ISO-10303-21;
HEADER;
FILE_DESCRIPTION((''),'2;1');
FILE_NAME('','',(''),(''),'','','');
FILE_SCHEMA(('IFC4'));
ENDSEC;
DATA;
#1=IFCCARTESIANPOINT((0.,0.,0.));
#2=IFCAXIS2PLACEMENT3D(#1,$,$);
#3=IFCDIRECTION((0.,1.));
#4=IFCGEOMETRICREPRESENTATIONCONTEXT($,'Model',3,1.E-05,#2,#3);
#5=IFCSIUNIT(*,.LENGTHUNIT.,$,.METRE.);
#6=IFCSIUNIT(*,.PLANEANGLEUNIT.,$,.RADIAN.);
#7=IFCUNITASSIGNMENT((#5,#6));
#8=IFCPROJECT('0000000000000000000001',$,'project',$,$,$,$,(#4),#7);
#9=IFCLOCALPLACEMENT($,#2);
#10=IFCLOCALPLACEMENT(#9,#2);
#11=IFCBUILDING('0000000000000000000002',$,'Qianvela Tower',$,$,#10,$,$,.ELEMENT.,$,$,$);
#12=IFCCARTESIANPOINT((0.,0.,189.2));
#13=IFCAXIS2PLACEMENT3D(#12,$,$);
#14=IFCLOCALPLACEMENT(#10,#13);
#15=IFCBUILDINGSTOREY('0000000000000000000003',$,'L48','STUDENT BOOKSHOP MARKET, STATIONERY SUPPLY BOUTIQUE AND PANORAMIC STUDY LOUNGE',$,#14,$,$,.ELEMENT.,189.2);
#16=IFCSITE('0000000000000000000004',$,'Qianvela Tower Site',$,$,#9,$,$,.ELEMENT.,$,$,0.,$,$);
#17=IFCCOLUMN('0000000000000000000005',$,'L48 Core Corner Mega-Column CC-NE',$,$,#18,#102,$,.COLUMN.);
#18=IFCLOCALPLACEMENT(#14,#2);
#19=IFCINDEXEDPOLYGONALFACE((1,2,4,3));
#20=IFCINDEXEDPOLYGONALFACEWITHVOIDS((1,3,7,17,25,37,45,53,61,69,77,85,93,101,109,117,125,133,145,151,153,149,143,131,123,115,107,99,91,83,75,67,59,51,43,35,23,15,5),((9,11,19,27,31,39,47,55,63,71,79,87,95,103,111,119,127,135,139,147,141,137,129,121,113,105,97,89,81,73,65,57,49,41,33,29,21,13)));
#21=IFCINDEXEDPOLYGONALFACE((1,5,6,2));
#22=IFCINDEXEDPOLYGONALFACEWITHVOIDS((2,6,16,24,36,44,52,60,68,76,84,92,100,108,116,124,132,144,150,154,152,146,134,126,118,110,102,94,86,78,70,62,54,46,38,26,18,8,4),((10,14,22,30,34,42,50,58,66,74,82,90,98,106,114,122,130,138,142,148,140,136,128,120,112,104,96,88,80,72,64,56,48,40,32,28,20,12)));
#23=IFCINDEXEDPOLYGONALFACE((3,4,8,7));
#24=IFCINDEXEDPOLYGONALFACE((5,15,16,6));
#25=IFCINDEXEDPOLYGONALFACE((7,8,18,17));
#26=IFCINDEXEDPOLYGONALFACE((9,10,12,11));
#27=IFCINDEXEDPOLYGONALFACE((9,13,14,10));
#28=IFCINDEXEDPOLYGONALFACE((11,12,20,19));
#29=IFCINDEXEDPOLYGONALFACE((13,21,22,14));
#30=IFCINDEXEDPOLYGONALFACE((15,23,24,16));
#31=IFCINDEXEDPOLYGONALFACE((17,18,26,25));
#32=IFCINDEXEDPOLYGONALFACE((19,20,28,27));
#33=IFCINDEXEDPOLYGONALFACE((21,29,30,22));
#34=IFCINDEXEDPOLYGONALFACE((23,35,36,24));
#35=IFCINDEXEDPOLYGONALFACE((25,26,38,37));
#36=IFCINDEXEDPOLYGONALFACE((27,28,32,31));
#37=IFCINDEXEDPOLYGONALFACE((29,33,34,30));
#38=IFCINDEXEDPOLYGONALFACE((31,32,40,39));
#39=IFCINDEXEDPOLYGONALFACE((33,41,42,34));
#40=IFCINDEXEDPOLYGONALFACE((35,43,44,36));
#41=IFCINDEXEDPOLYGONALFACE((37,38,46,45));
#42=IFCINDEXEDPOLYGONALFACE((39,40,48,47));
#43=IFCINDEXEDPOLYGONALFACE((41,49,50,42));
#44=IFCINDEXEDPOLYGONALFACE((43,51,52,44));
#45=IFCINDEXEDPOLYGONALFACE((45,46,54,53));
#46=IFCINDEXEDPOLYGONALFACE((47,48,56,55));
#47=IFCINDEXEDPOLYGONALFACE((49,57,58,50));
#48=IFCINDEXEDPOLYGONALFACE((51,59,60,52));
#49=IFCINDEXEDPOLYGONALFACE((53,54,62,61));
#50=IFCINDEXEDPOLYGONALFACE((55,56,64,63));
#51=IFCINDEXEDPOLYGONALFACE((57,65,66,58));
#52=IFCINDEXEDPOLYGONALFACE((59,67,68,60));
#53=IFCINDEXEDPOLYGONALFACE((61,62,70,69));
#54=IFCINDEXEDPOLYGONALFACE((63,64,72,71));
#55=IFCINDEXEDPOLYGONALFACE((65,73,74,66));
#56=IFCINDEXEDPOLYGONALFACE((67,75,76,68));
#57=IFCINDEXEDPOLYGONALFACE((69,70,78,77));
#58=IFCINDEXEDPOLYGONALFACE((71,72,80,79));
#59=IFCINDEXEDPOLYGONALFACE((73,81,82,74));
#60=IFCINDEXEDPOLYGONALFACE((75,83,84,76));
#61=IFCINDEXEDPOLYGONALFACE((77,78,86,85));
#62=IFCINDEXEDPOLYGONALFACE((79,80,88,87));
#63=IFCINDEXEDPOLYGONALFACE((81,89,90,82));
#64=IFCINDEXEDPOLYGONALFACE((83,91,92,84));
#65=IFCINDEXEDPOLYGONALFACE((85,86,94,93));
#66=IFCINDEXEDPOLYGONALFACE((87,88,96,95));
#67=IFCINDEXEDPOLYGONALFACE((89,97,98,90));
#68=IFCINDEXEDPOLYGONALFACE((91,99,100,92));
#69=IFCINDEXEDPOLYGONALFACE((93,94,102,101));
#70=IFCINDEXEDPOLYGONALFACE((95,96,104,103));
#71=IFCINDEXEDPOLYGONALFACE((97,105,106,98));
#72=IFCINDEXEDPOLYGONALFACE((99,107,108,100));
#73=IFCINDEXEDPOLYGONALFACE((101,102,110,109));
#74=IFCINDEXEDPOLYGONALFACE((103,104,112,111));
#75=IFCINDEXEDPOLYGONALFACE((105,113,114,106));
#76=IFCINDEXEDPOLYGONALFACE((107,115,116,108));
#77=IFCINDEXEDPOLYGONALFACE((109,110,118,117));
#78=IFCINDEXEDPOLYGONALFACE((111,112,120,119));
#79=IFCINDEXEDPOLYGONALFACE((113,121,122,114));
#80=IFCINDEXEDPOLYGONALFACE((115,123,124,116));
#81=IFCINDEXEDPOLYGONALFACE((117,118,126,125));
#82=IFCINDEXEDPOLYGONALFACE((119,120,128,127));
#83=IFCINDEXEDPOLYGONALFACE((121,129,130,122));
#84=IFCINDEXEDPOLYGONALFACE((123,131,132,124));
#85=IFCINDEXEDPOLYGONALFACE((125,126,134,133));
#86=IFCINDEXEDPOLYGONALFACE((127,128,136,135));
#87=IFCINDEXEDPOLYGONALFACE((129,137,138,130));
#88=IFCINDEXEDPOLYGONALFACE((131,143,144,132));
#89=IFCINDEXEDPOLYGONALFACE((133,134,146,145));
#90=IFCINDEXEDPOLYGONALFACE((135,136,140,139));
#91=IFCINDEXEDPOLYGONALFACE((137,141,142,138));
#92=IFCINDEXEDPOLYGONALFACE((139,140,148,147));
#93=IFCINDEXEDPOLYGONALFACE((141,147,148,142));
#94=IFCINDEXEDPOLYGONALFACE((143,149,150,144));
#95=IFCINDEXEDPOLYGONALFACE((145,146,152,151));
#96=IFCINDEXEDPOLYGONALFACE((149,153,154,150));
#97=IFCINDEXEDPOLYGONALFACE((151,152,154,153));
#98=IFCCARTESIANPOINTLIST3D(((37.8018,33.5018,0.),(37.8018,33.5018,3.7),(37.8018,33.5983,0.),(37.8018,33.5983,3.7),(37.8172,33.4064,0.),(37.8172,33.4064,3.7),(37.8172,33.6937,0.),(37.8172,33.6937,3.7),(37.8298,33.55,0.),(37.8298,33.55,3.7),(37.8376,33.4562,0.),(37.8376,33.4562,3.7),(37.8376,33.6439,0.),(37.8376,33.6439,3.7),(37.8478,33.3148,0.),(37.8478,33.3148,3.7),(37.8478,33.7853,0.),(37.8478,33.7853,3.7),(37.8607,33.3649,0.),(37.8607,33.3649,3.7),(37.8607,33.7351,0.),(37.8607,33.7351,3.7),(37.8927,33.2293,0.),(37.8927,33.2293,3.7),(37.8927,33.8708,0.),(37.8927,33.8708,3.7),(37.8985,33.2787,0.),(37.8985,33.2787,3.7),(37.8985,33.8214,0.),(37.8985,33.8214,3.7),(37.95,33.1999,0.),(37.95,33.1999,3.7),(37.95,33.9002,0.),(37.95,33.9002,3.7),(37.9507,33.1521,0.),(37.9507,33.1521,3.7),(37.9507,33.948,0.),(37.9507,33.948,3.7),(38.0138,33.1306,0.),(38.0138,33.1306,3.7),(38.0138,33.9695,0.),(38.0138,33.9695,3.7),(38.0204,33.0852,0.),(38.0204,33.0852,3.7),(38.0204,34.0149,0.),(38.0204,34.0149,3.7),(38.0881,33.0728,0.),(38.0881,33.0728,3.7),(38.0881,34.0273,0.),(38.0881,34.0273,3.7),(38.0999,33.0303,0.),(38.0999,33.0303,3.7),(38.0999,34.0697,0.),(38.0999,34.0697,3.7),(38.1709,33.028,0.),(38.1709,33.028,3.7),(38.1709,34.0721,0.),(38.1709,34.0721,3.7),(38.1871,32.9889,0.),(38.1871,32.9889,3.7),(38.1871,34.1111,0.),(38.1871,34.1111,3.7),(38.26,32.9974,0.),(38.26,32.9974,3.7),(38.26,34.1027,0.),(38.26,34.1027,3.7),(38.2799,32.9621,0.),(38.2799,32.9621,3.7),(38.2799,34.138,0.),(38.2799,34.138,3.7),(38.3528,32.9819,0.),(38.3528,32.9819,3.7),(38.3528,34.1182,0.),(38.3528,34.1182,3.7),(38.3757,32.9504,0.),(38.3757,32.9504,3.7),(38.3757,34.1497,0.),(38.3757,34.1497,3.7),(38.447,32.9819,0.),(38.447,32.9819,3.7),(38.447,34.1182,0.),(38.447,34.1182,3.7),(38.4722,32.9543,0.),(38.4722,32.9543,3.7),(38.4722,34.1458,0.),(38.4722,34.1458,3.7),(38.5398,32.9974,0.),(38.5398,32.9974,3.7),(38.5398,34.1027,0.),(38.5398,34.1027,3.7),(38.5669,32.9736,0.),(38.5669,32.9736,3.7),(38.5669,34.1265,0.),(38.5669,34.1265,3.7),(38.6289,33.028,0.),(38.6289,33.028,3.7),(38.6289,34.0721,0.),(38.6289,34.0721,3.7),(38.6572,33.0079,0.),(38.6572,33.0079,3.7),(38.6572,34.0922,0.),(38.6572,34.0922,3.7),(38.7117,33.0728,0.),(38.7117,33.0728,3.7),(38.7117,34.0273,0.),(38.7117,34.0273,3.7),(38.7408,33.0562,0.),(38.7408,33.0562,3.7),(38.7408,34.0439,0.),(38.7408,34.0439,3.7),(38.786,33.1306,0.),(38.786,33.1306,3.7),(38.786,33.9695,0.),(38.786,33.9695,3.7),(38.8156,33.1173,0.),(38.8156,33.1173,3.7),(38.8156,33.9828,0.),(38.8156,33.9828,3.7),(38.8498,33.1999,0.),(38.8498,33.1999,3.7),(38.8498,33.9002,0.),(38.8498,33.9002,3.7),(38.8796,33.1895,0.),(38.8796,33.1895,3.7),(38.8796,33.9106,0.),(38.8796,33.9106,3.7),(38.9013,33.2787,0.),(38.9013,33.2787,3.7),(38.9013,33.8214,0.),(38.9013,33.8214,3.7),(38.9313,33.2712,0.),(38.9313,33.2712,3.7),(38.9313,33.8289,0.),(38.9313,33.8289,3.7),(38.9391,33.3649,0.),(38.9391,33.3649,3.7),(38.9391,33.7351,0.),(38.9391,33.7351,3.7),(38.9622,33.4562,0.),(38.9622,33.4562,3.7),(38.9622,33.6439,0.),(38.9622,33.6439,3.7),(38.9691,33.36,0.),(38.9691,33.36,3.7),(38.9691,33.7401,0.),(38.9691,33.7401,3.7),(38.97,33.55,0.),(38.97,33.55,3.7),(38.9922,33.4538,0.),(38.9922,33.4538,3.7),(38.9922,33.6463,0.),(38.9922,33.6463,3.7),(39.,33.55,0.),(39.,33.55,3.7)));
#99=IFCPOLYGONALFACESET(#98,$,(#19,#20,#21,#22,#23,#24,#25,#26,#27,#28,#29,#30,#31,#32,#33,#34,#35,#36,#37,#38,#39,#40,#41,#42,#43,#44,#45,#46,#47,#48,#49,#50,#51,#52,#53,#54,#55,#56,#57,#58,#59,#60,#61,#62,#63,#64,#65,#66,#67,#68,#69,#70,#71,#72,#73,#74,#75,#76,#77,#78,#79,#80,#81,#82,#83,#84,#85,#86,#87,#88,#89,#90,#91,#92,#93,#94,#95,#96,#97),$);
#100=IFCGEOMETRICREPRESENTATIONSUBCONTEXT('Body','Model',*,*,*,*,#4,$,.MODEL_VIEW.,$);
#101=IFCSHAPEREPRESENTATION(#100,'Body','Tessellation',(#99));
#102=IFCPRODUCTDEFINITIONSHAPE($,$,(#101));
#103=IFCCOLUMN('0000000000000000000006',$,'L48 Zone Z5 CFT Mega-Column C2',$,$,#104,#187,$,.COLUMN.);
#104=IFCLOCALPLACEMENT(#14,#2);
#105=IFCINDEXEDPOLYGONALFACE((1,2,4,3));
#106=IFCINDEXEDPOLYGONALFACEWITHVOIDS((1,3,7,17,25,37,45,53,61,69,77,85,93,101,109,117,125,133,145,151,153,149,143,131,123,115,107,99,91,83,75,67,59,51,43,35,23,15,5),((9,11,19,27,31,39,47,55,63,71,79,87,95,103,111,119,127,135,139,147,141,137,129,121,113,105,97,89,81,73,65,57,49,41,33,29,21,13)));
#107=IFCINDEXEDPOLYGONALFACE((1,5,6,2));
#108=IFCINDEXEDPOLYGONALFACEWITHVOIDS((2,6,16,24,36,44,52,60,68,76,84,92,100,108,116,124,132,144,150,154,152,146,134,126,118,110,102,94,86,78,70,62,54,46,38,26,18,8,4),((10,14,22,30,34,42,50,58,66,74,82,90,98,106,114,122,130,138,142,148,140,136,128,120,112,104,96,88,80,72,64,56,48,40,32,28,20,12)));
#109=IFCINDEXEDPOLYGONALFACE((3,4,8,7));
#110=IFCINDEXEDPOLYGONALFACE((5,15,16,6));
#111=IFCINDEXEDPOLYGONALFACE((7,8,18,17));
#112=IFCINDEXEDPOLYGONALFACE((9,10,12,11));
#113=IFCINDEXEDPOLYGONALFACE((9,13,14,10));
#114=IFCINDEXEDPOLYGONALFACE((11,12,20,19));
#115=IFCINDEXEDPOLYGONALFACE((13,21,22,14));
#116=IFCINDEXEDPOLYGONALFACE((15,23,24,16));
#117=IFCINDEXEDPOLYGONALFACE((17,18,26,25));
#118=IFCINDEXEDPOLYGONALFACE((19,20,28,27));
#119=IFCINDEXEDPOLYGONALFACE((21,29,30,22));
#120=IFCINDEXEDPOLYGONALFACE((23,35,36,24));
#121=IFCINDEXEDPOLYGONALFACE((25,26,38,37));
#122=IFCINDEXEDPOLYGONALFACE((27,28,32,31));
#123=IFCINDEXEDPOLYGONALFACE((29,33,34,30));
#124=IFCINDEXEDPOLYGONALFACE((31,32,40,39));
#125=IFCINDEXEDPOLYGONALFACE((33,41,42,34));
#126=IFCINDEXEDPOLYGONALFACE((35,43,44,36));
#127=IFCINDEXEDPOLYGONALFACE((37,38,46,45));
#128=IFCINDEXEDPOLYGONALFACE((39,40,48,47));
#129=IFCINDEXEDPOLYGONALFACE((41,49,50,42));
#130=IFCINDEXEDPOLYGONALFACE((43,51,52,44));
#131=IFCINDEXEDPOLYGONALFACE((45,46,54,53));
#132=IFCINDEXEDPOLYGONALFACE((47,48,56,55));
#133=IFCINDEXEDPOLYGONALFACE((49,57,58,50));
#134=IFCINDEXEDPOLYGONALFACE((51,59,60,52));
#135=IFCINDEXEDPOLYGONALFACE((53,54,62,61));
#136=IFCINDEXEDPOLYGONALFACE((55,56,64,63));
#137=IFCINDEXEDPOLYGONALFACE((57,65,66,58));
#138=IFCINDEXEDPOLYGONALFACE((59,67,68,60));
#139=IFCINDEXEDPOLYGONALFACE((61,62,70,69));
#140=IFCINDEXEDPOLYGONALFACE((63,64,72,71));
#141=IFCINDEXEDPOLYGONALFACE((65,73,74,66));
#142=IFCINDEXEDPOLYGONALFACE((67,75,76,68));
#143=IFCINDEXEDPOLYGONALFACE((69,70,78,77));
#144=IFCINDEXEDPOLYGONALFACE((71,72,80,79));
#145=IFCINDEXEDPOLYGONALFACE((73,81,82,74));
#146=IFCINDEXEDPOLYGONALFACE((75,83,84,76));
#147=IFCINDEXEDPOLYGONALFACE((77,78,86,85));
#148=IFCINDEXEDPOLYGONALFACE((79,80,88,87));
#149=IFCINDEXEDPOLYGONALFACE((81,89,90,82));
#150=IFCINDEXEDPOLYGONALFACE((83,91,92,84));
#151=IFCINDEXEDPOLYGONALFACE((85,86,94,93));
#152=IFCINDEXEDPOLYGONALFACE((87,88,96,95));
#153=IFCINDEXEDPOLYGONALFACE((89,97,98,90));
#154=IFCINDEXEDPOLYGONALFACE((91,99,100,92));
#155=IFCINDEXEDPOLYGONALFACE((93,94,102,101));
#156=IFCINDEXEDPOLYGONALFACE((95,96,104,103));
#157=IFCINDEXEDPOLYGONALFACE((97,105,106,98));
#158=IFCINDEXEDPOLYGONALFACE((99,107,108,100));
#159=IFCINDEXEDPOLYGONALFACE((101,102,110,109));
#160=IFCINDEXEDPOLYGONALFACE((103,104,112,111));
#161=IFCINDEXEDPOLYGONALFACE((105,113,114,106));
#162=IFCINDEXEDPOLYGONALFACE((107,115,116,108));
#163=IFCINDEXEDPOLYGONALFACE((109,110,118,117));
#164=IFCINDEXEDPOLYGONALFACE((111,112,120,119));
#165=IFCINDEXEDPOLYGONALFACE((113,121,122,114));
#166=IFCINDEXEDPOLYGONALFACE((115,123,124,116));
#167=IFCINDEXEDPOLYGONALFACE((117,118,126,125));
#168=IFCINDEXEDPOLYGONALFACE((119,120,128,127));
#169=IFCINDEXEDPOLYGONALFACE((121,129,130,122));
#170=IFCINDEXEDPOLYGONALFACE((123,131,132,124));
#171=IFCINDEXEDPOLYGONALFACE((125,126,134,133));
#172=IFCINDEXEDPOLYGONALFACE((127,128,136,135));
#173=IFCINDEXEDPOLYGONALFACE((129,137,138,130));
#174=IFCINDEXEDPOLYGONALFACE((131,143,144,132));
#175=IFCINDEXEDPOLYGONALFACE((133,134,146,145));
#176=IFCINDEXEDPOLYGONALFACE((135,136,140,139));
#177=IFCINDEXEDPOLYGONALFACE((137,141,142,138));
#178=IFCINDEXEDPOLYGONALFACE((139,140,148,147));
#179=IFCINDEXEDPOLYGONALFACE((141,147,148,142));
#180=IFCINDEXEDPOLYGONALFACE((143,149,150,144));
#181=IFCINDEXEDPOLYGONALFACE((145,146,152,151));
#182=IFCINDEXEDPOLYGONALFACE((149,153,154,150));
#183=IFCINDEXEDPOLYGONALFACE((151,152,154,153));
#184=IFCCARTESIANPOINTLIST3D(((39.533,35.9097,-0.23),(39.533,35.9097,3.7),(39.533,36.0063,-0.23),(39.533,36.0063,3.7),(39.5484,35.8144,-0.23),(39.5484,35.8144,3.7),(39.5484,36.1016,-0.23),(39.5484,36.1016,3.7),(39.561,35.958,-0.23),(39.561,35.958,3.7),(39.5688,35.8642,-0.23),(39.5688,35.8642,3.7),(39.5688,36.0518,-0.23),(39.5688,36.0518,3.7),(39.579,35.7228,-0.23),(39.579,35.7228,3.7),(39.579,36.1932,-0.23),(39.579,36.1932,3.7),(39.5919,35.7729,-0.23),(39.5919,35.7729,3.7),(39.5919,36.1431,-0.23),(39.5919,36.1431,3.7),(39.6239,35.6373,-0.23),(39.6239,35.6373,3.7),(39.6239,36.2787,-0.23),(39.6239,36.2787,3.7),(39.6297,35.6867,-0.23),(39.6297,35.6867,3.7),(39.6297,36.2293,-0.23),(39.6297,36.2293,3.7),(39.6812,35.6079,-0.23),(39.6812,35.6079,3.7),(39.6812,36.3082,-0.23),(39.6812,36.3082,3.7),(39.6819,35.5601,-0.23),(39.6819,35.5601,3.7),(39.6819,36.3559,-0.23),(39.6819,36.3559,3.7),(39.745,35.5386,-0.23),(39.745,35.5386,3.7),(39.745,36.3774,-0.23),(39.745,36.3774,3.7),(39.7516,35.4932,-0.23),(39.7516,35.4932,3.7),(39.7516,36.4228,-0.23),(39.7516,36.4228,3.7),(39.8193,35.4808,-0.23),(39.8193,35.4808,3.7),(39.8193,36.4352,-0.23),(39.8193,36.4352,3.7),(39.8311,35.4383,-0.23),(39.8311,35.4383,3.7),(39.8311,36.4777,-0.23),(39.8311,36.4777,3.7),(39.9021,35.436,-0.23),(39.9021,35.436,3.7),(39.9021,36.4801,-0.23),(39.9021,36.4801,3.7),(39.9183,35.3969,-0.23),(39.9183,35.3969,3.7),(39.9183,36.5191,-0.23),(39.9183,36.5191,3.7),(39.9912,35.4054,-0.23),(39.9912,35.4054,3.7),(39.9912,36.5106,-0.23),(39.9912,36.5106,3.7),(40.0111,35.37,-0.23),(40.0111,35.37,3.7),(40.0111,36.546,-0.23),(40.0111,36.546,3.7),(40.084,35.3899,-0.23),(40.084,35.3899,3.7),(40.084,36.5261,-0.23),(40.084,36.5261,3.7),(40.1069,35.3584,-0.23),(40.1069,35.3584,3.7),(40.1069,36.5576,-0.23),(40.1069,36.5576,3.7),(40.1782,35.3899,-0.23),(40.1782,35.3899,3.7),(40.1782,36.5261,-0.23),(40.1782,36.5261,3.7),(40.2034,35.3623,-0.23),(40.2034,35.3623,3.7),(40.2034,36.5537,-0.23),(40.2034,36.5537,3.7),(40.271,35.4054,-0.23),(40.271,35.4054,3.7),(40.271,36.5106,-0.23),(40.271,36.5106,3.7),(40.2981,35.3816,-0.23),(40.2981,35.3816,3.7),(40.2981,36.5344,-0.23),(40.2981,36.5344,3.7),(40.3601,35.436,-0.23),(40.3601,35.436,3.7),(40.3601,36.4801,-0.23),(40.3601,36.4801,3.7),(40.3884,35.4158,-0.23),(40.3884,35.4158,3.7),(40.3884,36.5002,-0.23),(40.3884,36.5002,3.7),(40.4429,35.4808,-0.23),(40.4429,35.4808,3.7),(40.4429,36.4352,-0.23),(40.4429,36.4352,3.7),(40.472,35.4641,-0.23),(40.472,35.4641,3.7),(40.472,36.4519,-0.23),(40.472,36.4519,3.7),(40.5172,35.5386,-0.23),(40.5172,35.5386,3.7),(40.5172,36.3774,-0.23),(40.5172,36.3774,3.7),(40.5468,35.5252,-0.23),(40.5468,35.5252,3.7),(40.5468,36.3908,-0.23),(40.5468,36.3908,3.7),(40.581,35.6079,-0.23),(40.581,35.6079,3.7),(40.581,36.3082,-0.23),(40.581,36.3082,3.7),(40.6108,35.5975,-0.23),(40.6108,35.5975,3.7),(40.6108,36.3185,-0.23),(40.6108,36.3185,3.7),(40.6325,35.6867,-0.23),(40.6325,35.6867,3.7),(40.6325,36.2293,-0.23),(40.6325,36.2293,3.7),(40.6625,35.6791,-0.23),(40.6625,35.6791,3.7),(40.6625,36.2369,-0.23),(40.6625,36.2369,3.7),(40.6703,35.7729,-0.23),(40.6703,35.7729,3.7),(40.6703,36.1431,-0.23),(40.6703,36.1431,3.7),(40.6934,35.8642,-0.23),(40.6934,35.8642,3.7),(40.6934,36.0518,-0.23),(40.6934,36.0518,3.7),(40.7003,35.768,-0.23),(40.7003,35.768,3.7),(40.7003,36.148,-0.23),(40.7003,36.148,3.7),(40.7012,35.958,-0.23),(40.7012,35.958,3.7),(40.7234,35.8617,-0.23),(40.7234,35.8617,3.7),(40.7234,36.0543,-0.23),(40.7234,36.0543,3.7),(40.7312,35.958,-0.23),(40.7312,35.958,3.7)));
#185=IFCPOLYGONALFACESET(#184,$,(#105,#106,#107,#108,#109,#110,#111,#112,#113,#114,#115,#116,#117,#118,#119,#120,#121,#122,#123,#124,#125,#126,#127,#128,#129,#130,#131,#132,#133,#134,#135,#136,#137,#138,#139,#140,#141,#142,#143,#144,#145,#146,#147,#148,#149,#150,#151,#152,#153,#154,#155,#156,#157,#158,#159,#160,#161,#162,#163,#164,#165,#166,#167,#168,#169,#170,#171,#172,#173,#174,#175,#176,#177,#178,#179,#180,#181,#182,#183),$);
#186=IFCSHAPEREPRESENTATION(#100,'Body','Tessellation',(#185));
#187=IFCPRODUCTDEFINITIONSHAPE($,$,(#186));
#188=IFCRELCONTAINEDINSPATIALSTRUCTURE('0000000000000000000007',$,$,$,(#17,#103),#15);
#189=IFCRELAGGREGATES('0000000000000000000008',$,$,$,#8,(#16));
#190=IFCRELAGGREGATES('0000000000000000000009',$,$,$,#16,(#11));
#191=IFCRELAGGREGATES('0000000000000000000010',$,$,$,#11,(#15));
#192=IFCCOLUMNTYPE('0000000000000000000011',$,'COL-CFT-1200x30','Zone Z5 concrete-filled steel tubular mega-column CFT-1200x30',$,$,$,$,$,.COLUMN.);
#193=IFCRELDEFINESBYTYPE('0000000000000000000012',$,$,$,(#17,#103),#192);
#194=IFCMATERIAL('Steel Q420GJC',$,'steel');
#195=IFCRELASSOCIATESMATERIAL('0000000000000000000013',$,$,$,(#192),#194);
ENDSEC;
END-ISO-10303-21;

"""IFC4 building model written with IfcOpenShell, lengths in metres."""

from ifc_helpers import new_model, si_unit, direction, frame, origin, origin_2d, place, context, subcontext, project, spatial, hollow_circle, extrude, material, material_profile, profile_set, type_object, element, save


model = new_model("IFC4")

# Units and contexts
model_context = context("Model", 3, precision=1e-05, world=origin(), true_north=direction((0.0, 1.0)))
body_context = subcontext(model_context, "Body", "Model", "MODEL_VIEW")
ifc_project = project(units=[si_unit("LENGTHUNIT", "METRE"), si_unit("PLANEANGLEUNIT", "RADIAN")], contexts=[model_context])

# Site, building, storey
site_placement = place(None, origin())
site = spatial("IfcSite", under=ifc_project, at=site_placement, Name="Qianvela Tower Site", CompositionType="ELEMENT", RefElevation=0.0)
building_placement = place(site_placement, origin())
building = spatial("IfcBuilding", under=site, at=building_placement, Name="Qianvela Tower", CompositionType="ELEMENT")
storey_placement = place(building_placement, frame((0.0, 0.0, 189.2)))
storey = spatial("IfcBuildingStorey", under=building, at=storey_placement, Name="L48", Description="STUDENT BOOKSHOP MARKET, STATIONERY SUPPLY BOUTIQUE AND PANORAMIC STUDY LOUNGE", CompositionType="ELEMENT", Elevation=189.2)

# Columns
ifc_material_1 = material(Name="Steel Q420GJC", Category="steel")
ifc_material_profile_1 = material_profile(ifc_material_1, hollow_circle(Radius=0.6001, WallThickness=0.03, at=origin_2d()), Name="CFT-1200x30")
ifc_profile_set_1 = profile_set([ifc_material_profile_1], Name="Steel Q420GJC")
column_type = type_object("IfcColumnType", Name="COL-CFT-1200x30", Description="Zone Z5 concrete-filled steel tubular mega-column CFT-1200x30", PredefinedType="COLUMN", material=ifc_profile_set_1)
column_1_placement = place(storey_placement, frame((38.3999, 33.55, 0.0), z_axis=(0.0, 0.0, 1.0), x_axis=(1.0, 0.0, 0.0)))
element("IfcColumn", 1, at=column_1_placement, inside=storey, type_object=column_type, Name="L48 Core Corner Mega-Column CC-NE", PredefinedType="COLUMN", context=body_context, shape_type="SweptSolid", body=[
    extrude(hollow_circle(Radius=0.6001, WallThickness=0.03, at=origin_2d()), origin(), (0.0, 0.0, 1.0), 3.7),
])
column_2_placement = place(storey_placement, frame((40.1311, 35.958, -0.23), z_axis=(0.0, 0.0, 1.0), x_axis=(1.0, 0.0, 0.0)))
element("IfcColumn", 2, at=column_2_placement, inside=storey, type_object=column_type, Name="L48 Zone Z5 CFT Mega-Column C2", PredefinedType="COLUMN", context=body_context, shape_type="SweptSolid", body=[
    extrude(hollow_circle(Radius=0.6001, WallThickness=0.03, at=origin_2d()), origin(), (0.0, 0.0, 1.0), 3.9299),
])

save(model, "model.ifc")
